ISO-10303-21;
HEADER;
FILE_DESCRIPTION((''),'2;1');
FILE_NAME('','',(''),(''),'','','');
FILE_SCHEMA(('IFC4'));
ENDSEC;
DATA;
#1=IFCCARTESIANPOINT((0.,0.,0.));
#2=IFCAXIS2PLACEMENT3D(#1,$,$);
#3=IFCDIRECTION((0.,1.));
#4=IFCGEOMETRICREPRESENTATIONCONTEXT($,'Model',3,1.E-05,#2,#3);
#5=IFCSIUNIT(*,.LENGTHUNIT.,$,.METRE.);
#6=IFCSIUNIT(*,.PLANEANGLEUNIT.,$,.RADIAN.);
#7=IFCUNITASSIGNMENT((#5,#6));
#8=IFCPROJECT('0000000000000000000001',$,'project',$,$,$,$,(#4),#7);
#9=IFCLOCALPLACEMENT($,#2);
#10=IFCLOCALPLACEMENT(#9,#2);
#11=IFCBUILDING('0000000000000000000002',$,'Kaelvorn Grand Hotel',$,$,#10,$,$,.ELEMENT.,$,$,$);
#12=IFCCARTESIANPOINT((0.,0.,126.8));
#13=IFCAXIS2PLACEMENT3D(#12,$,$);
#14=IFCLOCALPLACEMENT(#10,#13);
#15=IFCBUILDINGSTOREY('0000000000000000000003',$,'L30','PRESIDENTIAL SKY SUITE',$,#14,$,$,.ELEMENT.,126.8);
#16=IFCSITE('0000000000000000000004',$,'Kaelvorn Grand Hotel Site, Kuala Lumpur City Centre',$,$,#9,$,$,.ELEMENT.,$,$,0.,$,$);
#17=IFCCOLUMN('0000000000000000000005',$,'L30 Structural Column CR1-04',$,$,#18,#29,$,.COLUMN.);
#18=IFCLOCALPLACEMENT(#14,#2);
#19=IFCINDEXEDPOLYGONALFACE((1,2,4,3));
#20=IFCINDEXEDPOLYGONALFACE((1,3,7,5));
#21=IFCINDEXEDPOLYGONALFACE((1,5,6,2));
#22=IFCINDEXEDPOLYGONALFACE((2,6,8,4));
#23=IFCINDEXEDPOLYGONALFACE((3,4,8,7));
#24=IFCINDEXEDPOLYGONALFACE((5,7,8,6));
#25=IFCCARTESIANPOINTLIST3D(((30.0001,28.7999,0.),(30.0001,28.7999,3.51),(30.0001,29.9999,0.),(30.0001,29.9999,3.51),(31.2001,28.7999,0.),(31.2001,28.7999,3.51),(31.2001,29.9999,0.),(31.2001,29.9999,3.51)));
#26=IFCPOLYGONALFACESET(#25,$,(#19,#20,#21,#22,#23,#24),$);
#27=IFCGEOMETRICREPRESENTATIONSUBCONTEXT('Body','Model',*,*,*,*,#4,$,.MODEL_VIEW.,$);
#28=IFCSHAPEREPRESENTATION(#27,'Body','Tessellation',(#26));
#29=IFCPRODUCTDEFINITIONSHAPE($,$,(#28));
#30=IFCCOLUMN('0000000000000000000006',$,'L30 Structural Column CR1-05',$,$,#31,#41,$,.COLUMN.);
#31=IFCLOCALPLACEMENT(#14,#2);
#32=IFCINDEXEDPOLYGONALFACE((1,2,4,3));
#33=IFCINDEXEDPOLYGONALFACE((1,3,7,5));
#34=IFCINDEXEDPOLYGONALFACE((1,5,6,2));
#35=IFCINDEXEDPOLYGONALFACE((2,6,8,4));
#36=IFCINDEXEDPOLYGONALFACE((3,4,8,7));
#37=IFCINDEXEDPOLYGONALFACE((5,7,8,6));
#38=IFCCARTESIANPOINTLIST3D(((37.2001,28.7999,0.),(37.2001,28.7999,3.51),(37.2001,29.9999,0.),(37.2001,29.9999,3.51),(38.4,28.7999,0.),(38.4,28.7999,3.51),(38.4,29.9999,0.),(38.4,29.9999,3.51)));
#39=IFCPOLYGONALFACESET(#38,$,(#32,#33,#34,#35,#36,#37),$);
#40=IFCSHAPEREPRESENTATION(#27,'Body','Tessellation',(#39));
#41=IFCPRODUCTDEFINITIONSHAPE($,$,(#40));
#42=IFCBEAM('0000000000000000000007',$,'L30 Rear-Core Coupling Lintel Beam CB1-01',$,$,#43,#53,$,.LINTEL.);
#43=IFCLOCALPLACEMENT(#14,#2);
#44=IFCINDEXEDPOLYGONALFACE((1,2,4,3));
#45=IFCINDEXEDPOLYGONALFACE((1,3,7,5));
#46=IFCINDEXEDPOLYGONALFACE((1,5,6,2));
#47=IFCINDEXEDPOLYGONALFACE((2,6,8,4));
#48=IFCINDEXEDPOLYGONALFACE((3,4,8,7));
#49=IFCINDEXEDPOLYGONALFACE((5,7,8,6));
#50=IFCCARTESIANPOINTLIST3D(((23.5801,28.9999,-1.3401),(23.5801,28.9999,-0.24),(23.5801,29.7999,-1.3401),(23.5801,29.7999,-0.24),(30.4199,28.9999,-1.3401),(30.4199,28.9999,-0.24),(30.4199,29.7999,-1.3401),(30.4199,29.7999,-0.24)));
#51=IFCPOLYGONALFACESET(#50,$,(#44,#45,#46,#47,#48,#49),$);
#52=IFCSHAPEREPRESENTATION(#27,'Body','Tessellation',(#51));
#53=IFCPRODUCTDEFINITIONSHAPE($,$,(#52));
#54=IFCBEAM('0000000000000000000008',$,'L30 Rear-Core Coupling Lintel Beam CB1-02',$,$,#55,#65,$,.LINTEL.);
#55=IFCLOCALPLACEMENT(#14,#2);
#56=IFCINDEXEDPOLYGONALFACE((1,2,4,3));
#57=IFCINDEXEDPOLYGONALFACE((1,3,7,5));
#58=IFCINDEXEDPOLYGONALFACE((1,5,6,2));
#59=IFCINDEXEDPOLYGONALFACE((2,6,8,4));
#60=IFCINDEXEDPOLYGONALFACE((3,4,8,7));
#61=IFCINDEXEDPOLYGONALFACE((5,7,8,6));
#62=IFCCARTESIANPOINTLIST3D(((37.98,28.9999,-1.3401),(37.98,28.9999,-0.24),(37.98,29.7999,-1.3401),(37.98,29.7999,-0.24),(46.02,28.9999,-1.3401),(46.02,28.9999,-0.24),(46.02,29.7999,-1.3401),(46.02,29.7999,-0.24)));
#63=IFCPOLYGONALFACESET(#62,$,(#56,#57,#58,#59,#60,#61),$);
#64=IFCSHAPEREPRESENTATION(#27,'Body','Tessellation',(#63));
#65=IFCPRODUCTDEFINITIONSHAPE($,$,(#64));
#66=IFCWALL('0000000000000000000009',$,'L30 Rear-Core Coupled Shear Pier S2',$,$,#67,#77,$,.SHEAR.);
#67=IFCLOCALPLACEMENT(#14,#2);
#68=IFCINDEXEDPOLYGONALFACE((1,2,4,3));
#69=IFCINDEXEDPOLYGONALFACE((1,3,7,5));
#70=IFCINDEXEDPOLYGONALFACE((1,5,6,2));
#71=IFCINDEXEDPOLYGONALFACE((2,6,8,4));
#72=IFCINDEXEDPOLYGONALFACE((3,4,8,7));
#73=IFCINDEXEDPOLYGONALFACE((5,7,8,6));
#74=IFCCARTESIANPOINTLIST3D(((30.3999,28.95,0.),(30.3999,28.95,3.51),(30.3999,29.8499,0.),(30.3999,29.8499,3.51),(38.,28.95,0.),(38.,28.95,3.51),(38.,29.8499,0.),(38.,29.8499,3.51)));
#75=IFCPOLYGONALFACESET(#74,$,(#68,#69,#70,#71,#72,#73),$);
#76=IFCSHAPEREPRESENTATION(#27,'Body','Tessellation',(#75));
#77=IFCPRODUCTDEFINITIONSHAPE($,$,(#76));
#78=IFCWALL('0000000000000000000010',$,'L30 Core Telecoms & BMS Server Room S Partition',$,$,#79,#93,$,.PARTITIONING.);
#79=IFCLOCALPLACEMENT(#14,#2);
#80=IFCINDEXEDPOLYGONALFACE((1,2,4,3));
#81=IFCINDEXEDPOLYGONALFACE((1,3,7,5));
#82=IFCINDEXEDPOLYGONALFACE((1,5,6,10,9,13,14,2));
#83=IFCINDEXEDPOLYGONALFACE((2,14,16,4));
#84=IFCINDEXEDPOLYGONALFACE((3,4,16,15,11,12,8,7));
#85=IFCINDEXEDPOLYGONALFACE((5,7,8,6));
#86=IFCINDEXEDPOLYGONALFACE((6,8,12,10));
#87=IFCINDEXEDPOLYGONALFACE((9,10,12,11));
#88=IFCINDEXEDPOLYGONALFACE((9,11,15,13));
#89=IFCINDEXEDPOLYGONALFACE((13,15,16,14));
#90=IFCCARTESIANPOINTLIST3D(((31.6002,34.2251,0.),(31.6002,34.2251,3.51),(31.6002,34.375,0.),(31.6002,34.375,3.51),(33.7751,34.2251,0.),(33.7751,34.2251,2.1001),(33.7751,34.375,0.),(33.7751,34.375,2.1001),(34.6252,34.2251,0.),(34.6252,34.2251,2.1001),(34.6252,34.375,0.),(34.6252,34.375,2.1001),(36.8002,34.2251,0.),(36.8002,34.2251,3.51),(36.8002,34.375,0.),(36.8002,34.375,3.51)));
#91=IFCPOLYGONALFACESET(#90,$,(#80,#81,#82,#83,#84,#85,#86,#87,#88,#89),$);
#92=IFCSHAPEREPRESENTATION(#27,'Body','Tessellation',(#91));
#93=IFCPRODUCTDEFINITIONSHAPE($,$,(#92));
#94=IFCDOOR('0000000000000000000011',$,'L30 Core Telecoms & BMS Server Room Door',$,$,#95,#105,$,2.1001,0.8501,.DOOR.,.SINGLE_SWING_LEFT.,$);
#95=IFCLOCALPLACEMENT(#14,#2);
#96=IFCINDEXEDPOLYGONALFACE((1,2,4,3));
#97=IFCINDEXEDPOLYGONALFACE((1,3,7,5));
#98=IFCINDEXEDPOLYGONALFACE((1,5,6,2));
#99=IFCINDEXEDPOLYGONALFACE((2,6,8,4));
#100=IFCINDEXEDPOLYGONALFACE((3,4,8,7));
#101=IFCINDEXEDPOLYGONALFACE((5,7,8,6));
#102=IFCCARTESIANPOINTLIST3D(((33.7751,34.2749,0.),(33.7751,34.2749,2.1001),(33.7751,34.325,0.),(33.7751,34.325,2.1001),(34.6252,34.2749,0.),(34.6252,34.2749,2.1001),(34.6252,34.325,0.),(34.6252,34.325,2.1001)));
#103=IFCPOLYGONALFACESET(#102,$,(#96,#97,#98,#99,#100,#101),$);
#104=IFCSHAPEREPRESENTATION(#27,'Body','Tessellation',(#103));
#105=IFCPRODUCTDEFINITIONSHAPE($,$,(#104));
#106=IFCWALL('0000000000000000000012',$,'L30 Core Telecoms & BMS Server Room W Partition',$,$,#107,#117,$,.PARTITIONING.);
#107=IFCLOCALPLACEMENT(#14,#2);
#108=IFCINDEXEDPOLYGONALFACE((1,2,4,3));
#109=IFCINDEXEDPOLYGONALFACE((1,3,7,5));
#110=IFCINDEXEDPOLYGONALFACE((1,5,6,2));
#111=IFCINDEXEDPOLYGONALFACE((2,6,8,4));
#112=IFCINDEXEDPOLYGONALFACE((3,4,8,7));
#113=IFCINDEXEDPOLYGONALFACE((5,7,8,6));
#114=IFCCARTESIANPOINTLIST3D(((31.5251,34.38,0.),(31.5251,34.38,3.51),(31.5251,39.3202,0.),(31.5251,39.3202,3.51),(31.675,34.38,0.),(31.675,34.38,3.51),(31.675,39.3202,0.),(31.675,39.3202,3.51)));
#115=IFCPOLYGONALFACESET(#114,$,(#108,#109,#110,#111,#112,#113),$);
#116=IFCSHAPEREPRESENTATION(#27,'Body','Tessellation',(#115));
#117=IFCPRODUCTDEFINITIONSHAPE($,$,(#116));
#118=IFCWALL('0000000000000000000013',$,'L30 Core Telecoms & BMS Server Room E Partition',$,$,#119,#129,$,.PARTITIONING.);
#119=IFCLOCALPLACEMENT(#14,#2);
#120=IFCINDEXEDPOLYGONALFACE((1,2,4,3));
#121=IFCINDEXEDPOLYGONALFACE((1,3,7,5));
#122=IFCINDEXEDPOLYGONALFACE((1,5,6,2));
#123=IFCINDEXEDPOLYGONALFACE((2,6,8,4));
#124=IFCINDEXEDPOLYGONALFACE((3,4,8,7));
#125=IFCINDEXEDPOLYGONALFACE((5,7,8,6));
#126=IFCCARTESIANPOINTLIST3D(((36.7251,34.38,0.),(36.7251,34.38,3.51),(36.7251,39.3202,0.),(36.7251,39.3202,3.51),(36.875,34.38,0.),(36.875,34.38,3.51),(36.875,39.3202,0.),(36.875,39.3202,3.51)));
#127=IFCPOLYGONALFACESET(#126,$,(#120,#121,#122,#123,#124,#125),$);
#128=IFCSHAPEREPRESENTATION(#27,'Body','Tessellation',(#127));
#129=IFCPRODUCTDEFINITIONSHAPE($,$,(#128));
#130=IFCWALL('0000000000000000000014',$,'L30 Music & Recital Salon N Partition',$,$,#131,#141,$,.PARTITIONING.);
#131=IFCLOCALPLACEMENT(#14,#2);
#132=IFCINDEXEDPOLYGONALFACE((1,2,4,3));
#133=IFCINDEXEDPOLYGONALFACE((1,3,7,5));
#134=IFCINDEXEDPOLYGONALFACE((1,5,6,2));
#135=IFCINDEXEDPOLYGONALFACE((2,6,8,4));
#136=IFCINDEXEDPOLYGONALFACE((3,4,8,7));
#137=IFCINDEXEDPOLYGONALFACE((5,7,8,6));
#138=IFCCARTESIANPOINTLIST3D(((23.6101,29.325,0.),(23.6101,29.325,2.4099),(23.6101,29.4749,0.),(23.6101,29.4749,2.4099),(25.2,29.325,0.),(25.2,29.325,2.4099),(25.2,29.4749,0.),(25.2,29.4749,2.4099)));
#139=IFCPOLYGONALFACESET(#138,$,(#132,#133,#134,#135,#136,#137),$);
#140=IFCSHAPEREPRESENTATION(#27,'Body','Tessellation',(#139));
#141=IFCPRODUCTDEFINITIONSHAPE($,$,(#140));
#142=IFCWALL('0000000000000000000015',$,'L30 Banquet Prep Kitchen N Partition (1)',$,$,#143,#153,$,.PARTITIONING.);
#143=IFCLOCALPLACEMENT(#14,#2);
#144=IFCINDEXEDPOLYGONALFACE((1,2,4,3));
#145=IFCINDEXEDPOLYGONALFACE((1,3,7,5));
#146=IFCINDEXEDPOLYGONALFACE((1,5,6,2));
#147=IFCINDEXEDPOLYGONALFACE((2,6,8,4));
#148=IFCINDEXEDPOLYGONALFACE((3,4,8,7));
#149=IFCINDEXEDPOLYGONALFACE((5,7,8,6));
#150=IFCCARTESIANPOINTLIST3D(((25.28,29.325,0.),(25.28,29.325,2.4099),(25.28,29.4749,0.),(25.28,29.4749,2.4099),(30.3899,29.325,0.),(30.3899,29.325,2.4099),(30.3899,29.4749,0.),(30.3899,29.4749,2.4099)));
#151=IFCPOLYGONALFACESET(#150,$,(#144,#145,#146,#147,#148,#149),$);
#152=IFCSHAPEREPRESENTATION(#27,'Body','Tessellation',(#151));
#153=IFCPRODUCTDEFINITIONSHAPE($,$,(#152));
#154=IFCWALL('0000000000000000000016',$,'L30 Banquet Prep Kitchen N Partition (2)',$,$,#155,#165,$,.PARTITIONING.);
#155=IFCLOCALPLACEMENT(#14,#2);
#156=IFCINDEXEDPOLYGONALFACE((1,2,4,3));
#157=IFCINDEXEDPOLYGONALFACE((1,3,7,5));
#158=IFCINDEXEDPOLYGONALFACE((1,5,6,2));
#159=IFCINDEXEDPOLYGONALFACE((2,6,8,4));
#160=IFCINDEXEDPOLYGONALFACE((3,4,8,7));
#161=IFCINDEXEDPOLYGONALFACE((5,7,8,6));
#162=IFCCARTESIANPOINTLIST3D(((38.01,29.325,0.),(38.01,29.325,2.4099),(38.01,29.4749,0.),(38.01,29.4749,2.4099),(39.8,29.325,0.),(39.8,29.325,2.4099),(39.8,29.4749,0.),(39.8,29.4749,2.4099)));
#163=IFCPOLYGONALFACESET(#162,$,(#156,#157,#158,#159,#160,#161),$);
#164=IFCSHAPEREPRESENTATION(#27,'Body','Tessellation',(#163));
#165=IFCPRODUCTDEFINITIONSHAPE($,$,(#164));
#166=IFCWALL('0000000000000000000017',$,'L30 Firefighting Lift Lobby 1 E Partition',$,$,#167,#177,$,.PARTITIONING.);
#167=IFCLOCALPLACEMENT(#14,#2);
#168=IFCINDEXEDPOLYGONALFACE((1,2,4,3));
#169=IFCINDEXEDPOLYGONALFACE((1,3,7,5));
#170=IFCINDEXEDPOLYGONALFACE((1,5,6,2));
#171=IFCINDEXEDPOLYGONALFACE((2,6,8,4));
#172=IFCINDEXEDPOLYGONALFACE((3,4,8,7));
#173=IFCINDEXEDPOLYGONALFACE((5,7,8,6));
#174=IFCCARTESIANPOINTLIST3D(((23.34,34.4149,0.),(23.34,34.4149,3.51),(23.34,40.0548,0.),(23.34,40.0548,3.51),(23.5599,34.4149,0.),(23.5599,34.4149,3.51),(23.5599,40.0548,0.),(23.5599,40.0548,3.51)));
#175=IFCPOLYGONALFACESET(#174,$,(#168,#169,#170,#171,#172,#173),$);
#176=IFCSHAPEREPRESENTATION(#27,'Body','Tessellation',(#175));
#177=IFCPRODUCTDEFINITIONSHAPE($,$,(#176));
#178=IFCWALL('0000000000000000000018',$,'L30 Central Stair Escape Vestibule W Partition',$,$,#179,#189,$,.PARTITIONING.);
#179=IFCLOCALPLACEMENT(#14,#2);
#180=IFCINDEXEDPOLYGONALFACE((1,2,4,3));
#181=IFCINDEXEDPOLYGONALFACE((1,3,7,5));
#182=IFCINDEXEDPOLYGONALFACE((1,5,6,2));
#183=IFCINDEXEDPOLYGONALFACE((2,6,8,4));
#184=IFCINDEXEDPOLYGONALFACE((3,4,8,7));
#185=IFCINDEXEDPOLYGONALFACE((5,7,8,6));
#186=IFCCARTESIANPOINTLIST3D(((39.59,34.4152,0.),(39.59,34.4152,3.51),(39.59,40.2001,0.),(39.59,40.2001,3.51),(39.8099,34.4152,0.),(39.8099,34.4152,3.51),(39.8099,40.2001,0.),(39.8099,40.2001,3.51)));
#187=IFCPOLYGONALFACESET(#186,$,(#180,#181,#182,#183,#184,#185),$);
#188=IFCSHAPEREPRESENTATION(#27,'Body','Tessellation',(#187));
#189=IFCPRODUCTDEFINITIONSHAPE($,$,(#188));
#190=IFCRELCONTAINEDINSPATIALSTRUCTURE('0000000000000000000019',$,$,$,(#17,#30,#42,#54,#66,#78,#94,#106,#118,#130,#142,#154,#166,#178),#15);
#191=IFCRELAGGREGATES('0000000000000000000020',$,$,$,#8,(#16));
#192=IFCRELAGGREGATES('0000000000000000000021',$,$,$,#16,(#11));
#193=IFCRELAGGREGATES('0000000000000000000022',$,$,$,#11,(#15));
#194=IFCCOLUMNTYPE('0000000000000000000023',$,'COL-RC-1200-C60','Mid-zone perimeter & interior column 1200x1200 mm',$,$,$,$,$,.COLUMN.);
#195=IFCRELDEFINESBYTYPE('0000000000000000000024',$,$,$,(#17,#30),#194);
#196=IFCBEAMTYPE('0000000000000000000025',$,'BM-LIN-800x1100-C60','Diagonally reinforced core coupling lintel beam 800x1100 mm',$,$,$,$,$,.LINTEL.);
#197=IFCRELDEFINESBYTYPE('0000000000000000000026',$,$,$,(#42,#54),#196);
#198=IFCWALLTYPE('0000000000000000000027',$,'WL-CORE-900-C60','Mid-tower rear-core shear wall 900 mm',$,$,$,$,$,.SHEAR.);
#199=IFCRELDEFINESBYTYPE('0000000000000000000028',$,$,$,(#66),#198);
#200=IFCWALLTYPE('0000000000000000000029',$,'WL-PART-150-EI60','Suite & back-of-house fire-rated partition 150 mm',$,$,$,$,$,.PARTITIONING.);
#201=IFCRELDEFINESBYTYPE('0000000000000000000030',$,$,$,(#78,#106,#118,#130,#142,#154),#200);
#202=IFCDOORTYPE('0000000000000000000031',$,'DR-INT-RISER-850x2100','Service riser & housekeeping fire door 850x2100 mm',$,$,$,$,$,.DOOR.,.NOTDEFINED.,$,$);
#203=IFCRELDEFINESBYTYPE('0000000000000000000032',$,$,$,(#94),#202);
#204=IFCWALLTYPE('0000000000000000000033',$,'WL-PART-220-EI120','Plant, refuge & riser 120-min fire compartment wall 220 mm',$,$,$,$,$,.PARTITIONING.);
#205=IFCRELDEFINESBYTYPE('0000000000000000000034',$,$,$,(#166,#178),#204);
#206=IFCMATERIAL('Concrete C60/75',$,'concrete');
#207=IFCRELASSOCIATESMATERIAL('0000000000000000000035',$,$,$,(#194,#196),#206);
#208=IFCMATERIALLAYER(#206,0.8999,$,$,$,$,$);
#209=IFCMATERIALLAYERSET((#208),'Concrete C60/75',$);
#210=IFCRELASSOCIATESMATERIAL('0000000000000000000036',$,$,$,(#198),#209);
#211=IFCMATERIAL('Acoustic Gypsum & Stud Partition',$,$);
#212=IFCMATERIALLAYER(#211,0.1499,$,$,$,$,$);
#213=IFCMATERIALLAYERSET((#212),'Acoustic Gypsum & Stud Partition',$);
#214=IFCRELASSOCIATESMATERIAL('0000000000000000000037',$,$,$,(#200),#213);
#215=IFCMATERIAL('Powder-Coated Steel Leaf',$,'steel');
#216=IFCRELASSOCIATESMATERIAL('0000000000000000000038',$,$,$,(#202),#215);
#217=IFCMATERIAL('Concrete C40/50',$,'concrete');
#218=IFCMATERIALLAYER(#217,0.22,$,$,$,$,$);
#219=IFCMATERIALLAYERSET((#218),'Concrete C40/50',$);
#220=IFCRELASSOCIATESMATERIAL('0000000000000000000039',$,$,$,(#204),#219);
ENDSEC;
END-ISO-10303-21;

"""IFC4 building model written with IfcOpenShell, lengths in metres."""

from ifc_helpers import new_model, si_unit, direction, frame, frame_2d, origin, origin_2d, place, context, subcontext, project, spatial, rectangle, extrude, material, layer, layer_set, material_profile, profile_set, type_object, element, fill, save


model = new_model("IFC4")

# Units and contexts
model_context = context("Model", 3, precision=1e-05, world=origin(), true_north=direction((0.0, 1.0)))
body_context = subcontext(model_context, "Body", "Model", "MODEL_VIEW")
ifc_project = project(units=[si_unit("LENGTHUNIT", "METRE"), si_unit("PLANEANGLEUNIT", "RADIAN")], contexts=[model_context])

# Site, building, storey
site_placement = place(None, origin())
site = spatial("IfcSite", under=ifc_project, at=site_placement, Name="Kaelvorn Grand Hotel Site, Kuala Lumpur City Centre", CompositionType="ELEMENT", RefElevation=0.0)
building_placement = place(site_placement, origin())
building = spatial("IfcBuilding", under=site, at=building_placement, Name="Kaelvorn Grand Hotel", CompositionType="ELEMENT")
storey_placement = place(building_placement, frame((0.0, 0.0, 126.8)))
storey = spatial("IfcBuildingStorey", under=building, at=storey_placement, Name="L30", Description="PRESIDENTIAL SKY SUITE", CompositionType="ELEMENT", Elevation=126.8)

# Columns
ifc_material_1 = material(Name="Concrete C60/75", Category="concrete")
ifc_material_profile_1 = material_profile(ifc_material_1, rectangle(XDim=1.2, YDim=1.2, at=origin_2d()), Name="RC COL 1200x1200")
ifc_profile_set_1 = profile_set([ifc_material_profile_1], Name="Concrete C60/75")
column_type = type_object("IfcColumnType", Name="COL-RC-1200-C60", Description="Mid-zone perimeter & interior column 1200x1200 mm", PredefinedType="COLUMN", material=ifc_profile_set_1)
for number, where, z_axis, x_axis, name in (
    (1, (30.6001, 29.3999, 0.0), (0.0, 0.0, 1.0), (1.0, 0.0, 0.0), "L30 Structural Column CR1-04"),
    (2, (37.8, 29.3999, 0.0), (0.0, 0.0, 1.0), (1.0, 0.0, 0.0), "L30 Structural Column CR1-05"),
):
    element("IfcColumn", number, at=place(storey_placement, frame(where, z_axis=z_axis, x_axis=x_axis)), inside=storey, type_object=column_type, Name=name, PredefinedType="COLUMN", context=body_context, shape_type="SweptSolid", body=[
        extrude(rectangle(XDim=1.2, YDim=1.2, at=origin_2d()), origin(), (0.0, 0.0, 1.0), 3.51),
    ])

# Beams
ifc_material_profile_2 = material_profile(ifc_material_1, rectangle(XDim=0.8, YDim=1.1001, at=origin_2d()), Name="RC LINTEL 800x1100")
ifc_profile_set_2 = profile_set([ifc_material_profile_2], Name="Concrete C60/75")
beam_type = type_object("IfcBeamType", Name="BM-LIN-800x1100-C60", Description="Diagonally reinforced core coupling lintel beam 800x1100 mm", PredefinedType="LINTEL", material=ifc_profile_set_2)
beam_1_placement = place(storey_placement, frame((23.5801, 29.3999, -0.79), z_axis=(1.0, 0.0, 0.0), x_axis=(0.0, 1.0, 0.0)))
element("IfcBeam", 3, at=beam_1_placement, inside=storey, type_object=beam_type, Name="L30 Rear-Core Coupling Lintel Beam CB1-01", PredefinedType="LINTEL", context=body_context, shape_type="SweptSolid", body=[
    extrude(rectangle(XDim=0.8, YDim=1.1001, at=origin_2d()), origin(), (0.0, 0.0, 1.0), 6.8398),
])
beam_2_placement = place(storey_placement, frame((37.98, 29.3999, -0.79), z_axis=(1.0, 0.0, 0.0), x_axis=(0.0, 1.0, 0.0)))
element("IfcBeam", 4, at=beam_2_placement, inside=storey, type_object=beam_type, Name="L30 Rear-Core Coupling Lintel Beam CB1-02", PredefinedType="LINTEL", context=body_context, shape_type="SweptSolid", body=[
    extrude(rectangle(XDim=0.8, YDim=1.1001, at=origin_2d()), origin(), (0.0, 0.0, 1.0), 8.04),
])

# Wall
ifc_layer_1 = layer(ifc_material_1, 0.8999)
ifc_layer_set_1 = layer_set([ifc_layer_1], Name="Concrete C60/75")
wall_type_1 = type_object("IfcWallType", Name="WL-CORE-900-C60", Description="Mid-tower rear-core shear wall 900 mm", PredefinedType="SHEAR", material=ifc_layer_set_1)
wall_1_placement = place(storey_placement, frame((30.3999, 29.3999, 0.0), z_axis=(0.0, 0.0, 1.0), x_axis=(1.0, 0.0, 0.0)))
element("IfcWall", 5, at=wall_1_placement, inside=storey, type_object=wall_type_1, Name="L30 Rear-Core Coupled Shear Pier S2", PredefinedType="SHEAR", context=body_context, shape_type="SweptSolid", body=[
    extrude(rectangle(XDim=7.6001, YDim=0.8999, at=frame_2d((3.8, 0.0))), origin(), (0.0, 0.0, 1.0), 3.51),
])

# Wall, opening, door
ifc_material_2 = material(Name="Acoustic Gypsum & Stud Partition")
ifc_layer_2 = layer(ifc_material_2, 0.1499)
ifc_layer_set_2 = layer_set([ifc_layer_2], Name="Acoustic Gypsum & Stud Partition")
wall_type_2 = type_object("IfcWallType", Name="WL-PART-150-EI60", Description="Suite & back-of-house fire-rated partition 150 mm", PredefinedType="PARTITIONING", material=ifc_layer_set_2)
wall_2_placement = place(storey_placement, frame((31.6001, 34.3, 0.0), z_axis=(0.0, 0.0, 1.0), x_axis=(1.0, 0.0, 0.0)))
wall_2 = element("IfcWall", 6, at=wall_2_placement, inside=storey, type_object=wall_type_2, Name="L30 Core Telecoms & BMS Server Room S Partition", PredefinedType="PARTITIONING", context=body_context, shape_type="SweptSolid", body=[
    extrude(rectangle(XDim=5.2, YDim=0.1499, at=frame_2d((2.6001, 0.0))), origin(), (0.0, 0.0, 1.0), 3.51),
])
opening_1_placement = place(wall_2_placement, frame((2.175, 0.0, 0.0)))
opening_1 = element("IfcOpeningElement", 7, at=opening_1_placement, cuts=wall_2, PredefinedType="OPENING", context=body_context, shape_type="SweptSolid", body=[
    extrude(rectangle(XDim=0.8501, YDim=2.1001, at=frame_2d((0.425, 1.05))), frame((0.0, 0.085, 0.0), z_axis=(0.0, -1.0, 0.0), x_axis=(1.0, 0.0, 0.0)), (0.0, 0.0, 1.0), 0.1699),
])
ifc_material_3 = material(Name="Powder-Coated Steel Leaf", Category="steel")
door_type_1 = type_object("IfcDoorType", Name="DR-INT-RISER-850x2100", Description="Service riser & housekeeping fire door 850x2100 mm", OperationType="NOTDEFINED", PredefinedType="DOOR", material=ifc_material_3)
door_1_placement = place(opening_1_placement, origin())
door_1 = element("IfcDoor", 8, at=door_1_placement, inside=storey, type_object=door_type_1, Name="L30 Core Telecoms & BMS Server Room Door", OperationType="SINGLE_SWING_LEFT", OverallHeight=2.1001, OverallWidth=0.8501, PredefinedType="DOOR", context=body_context, shape_type="SweptSolid", body=[
    extrude(rectangle(XDim=0.8501, YDim=2.1001, at=frame_2d((0.425, 1.05))), frame((0.0, 0.0249, 0.0), z_axis=(0.0, -1.0, 0.0), x_axis=(1.0, 0.0, 0.0)), (0.0, 0.0, 1.0), 0.05),
])
fill(opening_1, door_1)

# Walls
for number, where, z_axis, x_axis, name in (
    (9, (31.6001, 34.3799, 0.0), (0.0, 0.0, 1.0), (0.0, 1.0, 0.0), "L30 Core Telecoms & BMS Server Room W Partition"),
    (10, (36.8, 34.3799, 0.0), (0.0, 0.0, 1.0), (0.0, 1.0, 0.0), "L30 Core Telecoms & BMS Server Room E Partition"),
):
    element("IfcWall", number, at=place(storey_placement, frame(where, z_axis=z_axis, x_axis=x_axis)), inside=storey, type_object=wall_type_2, Name=name, PredefinedType="PARTITIONING", context=body_context, shape_type="SweptSolid", body=[
        extrude(rectangle(XDim=4.9402, YDim=0.1499, at=frame_2d((2.4702, 0.0))), origin(), (0.0, 0.0, 1.0), 3.51),
    ])
wall_3_placement = place(storey_placement, frame((23.6101, 29.3999, 0.0), z_axis=(0.0, 0.0, 1.0), x_axis=(1.0, 0.0, 0.0)))
element("IfcWall", 11, at=wall_3_placement, inside=storey, type_object=wall_type_2, Name="L30 Music & Recital Salon N Partition", PredefinedType="PARTITIONING", context=body_context, shape_type="SweptSolid", body=[
    extrude(rectangle(XDim=1.5898, YDim=0.1499, at=frame_2d((0.7949, 0.0))), origin(), (0.0, 0.0, 1.0), 2.4099),
])
wall_4_placement = place(storey_placement, frame((25.28, 29.3999, 0.0), z_axis=(0.0, 0.0, 1.0), x_axis=(1.0, 0.0, 0.0)))
element("IfcWall", 12, at=wall_4_placement, inside=storey, type_object=wall_type_2, Name="L30 Banquet Prep Kitchen N Partition (1)", PredefinedType="PARTITIONING", context=body_context, shape_type="SweptSolid", body=[
    extrude(rectangle(XDim=5.1099, YDim=0.1499, at=frame_2d((2.5549, 0.0))), origin(), (0.0, 0.0, 1.0), 2.4099),
])
wall_5_placement = place(storey_placement, frame((38.01, 29.3999, 0.0), z_axis=(0.0, 0.0, 1.0), x_axis=(1.0, 0.0, 0.0)))
element("IfcWall", 13, at=wall_5_placement, inside=storey, type_object=wall_type_2, Name="L30 Banquet Prep Kitchen N Partition (2)", PredefinedType="PARTITIONING", context=body_context, shape_type="SweptSolid", body=[
    extrude(rectangle(XDim=1.79, YDim=0.1499, at=frame_2d((0.895, 0.0))), origin(), (0.0, 0.0, 1.0), 2.4099),
])
ifc_material_4 = material(Name="Concrete C40/50", Category="concrete")
ifc_layer_3 = layer(ifc_material_4, 0.22)
ifc_layer_set_3 = layer_set([ifc_layer_3], Name="Concrete C40/50")
wall_type_3 = type_object("IfcWallType", Name="WL-PART-220-EI120", Description="Plant, refuge & riser 120-min fire compartment wall 220 mm", PredefinedType="PARTITIONING", material=ifc_layer_set_3)
wall_6_placement = place(storey_placement, frame((23.45, 34.415, 0.0), z_axis=(0.0, 0.0, 1.0), x_axis=(0.0, 1.0, 0.0)))
element("IfcWall", 14, at=wall_6_placement, inside=storey, type_object=wall_type_3, Name="L30 Firefighting Lift Lobby 1 E Partition", PredefinedType="PARTITIONING", context=body_context, shape_type="SweptSolid", body=[
    extrude(rectangle(XDim=5.6399, YDim=0.22, at=frame_2d((2.8198, 0.0))), origin(), (0.0, 0.0, 1.0), 3.51),
])

# Wall
wall_7_placement = place(storey_placement, frame((39.7, 34.415, 0.0), z_axis=(0.0, 0.0, 1.0), x_axis=(0.0, 1.0, 0.0)))
element("IfcWall", 15, at=wall_7_placement, inside=storey, type_object=wall_type_3, Name="L30 Central Stair Escape Vestibule W Partition", PredefinedType="PARTITIONING", context=body_context, shape_type="SweptSolid", body=[
    extrude(rectangle(XDim=5.7849, YDim=0.22, at=frame_2d((2.8926, 0.0))), origin(), (0.0, 0.0, 1.0), 3.51),
])

save(model, "model.ifc")
